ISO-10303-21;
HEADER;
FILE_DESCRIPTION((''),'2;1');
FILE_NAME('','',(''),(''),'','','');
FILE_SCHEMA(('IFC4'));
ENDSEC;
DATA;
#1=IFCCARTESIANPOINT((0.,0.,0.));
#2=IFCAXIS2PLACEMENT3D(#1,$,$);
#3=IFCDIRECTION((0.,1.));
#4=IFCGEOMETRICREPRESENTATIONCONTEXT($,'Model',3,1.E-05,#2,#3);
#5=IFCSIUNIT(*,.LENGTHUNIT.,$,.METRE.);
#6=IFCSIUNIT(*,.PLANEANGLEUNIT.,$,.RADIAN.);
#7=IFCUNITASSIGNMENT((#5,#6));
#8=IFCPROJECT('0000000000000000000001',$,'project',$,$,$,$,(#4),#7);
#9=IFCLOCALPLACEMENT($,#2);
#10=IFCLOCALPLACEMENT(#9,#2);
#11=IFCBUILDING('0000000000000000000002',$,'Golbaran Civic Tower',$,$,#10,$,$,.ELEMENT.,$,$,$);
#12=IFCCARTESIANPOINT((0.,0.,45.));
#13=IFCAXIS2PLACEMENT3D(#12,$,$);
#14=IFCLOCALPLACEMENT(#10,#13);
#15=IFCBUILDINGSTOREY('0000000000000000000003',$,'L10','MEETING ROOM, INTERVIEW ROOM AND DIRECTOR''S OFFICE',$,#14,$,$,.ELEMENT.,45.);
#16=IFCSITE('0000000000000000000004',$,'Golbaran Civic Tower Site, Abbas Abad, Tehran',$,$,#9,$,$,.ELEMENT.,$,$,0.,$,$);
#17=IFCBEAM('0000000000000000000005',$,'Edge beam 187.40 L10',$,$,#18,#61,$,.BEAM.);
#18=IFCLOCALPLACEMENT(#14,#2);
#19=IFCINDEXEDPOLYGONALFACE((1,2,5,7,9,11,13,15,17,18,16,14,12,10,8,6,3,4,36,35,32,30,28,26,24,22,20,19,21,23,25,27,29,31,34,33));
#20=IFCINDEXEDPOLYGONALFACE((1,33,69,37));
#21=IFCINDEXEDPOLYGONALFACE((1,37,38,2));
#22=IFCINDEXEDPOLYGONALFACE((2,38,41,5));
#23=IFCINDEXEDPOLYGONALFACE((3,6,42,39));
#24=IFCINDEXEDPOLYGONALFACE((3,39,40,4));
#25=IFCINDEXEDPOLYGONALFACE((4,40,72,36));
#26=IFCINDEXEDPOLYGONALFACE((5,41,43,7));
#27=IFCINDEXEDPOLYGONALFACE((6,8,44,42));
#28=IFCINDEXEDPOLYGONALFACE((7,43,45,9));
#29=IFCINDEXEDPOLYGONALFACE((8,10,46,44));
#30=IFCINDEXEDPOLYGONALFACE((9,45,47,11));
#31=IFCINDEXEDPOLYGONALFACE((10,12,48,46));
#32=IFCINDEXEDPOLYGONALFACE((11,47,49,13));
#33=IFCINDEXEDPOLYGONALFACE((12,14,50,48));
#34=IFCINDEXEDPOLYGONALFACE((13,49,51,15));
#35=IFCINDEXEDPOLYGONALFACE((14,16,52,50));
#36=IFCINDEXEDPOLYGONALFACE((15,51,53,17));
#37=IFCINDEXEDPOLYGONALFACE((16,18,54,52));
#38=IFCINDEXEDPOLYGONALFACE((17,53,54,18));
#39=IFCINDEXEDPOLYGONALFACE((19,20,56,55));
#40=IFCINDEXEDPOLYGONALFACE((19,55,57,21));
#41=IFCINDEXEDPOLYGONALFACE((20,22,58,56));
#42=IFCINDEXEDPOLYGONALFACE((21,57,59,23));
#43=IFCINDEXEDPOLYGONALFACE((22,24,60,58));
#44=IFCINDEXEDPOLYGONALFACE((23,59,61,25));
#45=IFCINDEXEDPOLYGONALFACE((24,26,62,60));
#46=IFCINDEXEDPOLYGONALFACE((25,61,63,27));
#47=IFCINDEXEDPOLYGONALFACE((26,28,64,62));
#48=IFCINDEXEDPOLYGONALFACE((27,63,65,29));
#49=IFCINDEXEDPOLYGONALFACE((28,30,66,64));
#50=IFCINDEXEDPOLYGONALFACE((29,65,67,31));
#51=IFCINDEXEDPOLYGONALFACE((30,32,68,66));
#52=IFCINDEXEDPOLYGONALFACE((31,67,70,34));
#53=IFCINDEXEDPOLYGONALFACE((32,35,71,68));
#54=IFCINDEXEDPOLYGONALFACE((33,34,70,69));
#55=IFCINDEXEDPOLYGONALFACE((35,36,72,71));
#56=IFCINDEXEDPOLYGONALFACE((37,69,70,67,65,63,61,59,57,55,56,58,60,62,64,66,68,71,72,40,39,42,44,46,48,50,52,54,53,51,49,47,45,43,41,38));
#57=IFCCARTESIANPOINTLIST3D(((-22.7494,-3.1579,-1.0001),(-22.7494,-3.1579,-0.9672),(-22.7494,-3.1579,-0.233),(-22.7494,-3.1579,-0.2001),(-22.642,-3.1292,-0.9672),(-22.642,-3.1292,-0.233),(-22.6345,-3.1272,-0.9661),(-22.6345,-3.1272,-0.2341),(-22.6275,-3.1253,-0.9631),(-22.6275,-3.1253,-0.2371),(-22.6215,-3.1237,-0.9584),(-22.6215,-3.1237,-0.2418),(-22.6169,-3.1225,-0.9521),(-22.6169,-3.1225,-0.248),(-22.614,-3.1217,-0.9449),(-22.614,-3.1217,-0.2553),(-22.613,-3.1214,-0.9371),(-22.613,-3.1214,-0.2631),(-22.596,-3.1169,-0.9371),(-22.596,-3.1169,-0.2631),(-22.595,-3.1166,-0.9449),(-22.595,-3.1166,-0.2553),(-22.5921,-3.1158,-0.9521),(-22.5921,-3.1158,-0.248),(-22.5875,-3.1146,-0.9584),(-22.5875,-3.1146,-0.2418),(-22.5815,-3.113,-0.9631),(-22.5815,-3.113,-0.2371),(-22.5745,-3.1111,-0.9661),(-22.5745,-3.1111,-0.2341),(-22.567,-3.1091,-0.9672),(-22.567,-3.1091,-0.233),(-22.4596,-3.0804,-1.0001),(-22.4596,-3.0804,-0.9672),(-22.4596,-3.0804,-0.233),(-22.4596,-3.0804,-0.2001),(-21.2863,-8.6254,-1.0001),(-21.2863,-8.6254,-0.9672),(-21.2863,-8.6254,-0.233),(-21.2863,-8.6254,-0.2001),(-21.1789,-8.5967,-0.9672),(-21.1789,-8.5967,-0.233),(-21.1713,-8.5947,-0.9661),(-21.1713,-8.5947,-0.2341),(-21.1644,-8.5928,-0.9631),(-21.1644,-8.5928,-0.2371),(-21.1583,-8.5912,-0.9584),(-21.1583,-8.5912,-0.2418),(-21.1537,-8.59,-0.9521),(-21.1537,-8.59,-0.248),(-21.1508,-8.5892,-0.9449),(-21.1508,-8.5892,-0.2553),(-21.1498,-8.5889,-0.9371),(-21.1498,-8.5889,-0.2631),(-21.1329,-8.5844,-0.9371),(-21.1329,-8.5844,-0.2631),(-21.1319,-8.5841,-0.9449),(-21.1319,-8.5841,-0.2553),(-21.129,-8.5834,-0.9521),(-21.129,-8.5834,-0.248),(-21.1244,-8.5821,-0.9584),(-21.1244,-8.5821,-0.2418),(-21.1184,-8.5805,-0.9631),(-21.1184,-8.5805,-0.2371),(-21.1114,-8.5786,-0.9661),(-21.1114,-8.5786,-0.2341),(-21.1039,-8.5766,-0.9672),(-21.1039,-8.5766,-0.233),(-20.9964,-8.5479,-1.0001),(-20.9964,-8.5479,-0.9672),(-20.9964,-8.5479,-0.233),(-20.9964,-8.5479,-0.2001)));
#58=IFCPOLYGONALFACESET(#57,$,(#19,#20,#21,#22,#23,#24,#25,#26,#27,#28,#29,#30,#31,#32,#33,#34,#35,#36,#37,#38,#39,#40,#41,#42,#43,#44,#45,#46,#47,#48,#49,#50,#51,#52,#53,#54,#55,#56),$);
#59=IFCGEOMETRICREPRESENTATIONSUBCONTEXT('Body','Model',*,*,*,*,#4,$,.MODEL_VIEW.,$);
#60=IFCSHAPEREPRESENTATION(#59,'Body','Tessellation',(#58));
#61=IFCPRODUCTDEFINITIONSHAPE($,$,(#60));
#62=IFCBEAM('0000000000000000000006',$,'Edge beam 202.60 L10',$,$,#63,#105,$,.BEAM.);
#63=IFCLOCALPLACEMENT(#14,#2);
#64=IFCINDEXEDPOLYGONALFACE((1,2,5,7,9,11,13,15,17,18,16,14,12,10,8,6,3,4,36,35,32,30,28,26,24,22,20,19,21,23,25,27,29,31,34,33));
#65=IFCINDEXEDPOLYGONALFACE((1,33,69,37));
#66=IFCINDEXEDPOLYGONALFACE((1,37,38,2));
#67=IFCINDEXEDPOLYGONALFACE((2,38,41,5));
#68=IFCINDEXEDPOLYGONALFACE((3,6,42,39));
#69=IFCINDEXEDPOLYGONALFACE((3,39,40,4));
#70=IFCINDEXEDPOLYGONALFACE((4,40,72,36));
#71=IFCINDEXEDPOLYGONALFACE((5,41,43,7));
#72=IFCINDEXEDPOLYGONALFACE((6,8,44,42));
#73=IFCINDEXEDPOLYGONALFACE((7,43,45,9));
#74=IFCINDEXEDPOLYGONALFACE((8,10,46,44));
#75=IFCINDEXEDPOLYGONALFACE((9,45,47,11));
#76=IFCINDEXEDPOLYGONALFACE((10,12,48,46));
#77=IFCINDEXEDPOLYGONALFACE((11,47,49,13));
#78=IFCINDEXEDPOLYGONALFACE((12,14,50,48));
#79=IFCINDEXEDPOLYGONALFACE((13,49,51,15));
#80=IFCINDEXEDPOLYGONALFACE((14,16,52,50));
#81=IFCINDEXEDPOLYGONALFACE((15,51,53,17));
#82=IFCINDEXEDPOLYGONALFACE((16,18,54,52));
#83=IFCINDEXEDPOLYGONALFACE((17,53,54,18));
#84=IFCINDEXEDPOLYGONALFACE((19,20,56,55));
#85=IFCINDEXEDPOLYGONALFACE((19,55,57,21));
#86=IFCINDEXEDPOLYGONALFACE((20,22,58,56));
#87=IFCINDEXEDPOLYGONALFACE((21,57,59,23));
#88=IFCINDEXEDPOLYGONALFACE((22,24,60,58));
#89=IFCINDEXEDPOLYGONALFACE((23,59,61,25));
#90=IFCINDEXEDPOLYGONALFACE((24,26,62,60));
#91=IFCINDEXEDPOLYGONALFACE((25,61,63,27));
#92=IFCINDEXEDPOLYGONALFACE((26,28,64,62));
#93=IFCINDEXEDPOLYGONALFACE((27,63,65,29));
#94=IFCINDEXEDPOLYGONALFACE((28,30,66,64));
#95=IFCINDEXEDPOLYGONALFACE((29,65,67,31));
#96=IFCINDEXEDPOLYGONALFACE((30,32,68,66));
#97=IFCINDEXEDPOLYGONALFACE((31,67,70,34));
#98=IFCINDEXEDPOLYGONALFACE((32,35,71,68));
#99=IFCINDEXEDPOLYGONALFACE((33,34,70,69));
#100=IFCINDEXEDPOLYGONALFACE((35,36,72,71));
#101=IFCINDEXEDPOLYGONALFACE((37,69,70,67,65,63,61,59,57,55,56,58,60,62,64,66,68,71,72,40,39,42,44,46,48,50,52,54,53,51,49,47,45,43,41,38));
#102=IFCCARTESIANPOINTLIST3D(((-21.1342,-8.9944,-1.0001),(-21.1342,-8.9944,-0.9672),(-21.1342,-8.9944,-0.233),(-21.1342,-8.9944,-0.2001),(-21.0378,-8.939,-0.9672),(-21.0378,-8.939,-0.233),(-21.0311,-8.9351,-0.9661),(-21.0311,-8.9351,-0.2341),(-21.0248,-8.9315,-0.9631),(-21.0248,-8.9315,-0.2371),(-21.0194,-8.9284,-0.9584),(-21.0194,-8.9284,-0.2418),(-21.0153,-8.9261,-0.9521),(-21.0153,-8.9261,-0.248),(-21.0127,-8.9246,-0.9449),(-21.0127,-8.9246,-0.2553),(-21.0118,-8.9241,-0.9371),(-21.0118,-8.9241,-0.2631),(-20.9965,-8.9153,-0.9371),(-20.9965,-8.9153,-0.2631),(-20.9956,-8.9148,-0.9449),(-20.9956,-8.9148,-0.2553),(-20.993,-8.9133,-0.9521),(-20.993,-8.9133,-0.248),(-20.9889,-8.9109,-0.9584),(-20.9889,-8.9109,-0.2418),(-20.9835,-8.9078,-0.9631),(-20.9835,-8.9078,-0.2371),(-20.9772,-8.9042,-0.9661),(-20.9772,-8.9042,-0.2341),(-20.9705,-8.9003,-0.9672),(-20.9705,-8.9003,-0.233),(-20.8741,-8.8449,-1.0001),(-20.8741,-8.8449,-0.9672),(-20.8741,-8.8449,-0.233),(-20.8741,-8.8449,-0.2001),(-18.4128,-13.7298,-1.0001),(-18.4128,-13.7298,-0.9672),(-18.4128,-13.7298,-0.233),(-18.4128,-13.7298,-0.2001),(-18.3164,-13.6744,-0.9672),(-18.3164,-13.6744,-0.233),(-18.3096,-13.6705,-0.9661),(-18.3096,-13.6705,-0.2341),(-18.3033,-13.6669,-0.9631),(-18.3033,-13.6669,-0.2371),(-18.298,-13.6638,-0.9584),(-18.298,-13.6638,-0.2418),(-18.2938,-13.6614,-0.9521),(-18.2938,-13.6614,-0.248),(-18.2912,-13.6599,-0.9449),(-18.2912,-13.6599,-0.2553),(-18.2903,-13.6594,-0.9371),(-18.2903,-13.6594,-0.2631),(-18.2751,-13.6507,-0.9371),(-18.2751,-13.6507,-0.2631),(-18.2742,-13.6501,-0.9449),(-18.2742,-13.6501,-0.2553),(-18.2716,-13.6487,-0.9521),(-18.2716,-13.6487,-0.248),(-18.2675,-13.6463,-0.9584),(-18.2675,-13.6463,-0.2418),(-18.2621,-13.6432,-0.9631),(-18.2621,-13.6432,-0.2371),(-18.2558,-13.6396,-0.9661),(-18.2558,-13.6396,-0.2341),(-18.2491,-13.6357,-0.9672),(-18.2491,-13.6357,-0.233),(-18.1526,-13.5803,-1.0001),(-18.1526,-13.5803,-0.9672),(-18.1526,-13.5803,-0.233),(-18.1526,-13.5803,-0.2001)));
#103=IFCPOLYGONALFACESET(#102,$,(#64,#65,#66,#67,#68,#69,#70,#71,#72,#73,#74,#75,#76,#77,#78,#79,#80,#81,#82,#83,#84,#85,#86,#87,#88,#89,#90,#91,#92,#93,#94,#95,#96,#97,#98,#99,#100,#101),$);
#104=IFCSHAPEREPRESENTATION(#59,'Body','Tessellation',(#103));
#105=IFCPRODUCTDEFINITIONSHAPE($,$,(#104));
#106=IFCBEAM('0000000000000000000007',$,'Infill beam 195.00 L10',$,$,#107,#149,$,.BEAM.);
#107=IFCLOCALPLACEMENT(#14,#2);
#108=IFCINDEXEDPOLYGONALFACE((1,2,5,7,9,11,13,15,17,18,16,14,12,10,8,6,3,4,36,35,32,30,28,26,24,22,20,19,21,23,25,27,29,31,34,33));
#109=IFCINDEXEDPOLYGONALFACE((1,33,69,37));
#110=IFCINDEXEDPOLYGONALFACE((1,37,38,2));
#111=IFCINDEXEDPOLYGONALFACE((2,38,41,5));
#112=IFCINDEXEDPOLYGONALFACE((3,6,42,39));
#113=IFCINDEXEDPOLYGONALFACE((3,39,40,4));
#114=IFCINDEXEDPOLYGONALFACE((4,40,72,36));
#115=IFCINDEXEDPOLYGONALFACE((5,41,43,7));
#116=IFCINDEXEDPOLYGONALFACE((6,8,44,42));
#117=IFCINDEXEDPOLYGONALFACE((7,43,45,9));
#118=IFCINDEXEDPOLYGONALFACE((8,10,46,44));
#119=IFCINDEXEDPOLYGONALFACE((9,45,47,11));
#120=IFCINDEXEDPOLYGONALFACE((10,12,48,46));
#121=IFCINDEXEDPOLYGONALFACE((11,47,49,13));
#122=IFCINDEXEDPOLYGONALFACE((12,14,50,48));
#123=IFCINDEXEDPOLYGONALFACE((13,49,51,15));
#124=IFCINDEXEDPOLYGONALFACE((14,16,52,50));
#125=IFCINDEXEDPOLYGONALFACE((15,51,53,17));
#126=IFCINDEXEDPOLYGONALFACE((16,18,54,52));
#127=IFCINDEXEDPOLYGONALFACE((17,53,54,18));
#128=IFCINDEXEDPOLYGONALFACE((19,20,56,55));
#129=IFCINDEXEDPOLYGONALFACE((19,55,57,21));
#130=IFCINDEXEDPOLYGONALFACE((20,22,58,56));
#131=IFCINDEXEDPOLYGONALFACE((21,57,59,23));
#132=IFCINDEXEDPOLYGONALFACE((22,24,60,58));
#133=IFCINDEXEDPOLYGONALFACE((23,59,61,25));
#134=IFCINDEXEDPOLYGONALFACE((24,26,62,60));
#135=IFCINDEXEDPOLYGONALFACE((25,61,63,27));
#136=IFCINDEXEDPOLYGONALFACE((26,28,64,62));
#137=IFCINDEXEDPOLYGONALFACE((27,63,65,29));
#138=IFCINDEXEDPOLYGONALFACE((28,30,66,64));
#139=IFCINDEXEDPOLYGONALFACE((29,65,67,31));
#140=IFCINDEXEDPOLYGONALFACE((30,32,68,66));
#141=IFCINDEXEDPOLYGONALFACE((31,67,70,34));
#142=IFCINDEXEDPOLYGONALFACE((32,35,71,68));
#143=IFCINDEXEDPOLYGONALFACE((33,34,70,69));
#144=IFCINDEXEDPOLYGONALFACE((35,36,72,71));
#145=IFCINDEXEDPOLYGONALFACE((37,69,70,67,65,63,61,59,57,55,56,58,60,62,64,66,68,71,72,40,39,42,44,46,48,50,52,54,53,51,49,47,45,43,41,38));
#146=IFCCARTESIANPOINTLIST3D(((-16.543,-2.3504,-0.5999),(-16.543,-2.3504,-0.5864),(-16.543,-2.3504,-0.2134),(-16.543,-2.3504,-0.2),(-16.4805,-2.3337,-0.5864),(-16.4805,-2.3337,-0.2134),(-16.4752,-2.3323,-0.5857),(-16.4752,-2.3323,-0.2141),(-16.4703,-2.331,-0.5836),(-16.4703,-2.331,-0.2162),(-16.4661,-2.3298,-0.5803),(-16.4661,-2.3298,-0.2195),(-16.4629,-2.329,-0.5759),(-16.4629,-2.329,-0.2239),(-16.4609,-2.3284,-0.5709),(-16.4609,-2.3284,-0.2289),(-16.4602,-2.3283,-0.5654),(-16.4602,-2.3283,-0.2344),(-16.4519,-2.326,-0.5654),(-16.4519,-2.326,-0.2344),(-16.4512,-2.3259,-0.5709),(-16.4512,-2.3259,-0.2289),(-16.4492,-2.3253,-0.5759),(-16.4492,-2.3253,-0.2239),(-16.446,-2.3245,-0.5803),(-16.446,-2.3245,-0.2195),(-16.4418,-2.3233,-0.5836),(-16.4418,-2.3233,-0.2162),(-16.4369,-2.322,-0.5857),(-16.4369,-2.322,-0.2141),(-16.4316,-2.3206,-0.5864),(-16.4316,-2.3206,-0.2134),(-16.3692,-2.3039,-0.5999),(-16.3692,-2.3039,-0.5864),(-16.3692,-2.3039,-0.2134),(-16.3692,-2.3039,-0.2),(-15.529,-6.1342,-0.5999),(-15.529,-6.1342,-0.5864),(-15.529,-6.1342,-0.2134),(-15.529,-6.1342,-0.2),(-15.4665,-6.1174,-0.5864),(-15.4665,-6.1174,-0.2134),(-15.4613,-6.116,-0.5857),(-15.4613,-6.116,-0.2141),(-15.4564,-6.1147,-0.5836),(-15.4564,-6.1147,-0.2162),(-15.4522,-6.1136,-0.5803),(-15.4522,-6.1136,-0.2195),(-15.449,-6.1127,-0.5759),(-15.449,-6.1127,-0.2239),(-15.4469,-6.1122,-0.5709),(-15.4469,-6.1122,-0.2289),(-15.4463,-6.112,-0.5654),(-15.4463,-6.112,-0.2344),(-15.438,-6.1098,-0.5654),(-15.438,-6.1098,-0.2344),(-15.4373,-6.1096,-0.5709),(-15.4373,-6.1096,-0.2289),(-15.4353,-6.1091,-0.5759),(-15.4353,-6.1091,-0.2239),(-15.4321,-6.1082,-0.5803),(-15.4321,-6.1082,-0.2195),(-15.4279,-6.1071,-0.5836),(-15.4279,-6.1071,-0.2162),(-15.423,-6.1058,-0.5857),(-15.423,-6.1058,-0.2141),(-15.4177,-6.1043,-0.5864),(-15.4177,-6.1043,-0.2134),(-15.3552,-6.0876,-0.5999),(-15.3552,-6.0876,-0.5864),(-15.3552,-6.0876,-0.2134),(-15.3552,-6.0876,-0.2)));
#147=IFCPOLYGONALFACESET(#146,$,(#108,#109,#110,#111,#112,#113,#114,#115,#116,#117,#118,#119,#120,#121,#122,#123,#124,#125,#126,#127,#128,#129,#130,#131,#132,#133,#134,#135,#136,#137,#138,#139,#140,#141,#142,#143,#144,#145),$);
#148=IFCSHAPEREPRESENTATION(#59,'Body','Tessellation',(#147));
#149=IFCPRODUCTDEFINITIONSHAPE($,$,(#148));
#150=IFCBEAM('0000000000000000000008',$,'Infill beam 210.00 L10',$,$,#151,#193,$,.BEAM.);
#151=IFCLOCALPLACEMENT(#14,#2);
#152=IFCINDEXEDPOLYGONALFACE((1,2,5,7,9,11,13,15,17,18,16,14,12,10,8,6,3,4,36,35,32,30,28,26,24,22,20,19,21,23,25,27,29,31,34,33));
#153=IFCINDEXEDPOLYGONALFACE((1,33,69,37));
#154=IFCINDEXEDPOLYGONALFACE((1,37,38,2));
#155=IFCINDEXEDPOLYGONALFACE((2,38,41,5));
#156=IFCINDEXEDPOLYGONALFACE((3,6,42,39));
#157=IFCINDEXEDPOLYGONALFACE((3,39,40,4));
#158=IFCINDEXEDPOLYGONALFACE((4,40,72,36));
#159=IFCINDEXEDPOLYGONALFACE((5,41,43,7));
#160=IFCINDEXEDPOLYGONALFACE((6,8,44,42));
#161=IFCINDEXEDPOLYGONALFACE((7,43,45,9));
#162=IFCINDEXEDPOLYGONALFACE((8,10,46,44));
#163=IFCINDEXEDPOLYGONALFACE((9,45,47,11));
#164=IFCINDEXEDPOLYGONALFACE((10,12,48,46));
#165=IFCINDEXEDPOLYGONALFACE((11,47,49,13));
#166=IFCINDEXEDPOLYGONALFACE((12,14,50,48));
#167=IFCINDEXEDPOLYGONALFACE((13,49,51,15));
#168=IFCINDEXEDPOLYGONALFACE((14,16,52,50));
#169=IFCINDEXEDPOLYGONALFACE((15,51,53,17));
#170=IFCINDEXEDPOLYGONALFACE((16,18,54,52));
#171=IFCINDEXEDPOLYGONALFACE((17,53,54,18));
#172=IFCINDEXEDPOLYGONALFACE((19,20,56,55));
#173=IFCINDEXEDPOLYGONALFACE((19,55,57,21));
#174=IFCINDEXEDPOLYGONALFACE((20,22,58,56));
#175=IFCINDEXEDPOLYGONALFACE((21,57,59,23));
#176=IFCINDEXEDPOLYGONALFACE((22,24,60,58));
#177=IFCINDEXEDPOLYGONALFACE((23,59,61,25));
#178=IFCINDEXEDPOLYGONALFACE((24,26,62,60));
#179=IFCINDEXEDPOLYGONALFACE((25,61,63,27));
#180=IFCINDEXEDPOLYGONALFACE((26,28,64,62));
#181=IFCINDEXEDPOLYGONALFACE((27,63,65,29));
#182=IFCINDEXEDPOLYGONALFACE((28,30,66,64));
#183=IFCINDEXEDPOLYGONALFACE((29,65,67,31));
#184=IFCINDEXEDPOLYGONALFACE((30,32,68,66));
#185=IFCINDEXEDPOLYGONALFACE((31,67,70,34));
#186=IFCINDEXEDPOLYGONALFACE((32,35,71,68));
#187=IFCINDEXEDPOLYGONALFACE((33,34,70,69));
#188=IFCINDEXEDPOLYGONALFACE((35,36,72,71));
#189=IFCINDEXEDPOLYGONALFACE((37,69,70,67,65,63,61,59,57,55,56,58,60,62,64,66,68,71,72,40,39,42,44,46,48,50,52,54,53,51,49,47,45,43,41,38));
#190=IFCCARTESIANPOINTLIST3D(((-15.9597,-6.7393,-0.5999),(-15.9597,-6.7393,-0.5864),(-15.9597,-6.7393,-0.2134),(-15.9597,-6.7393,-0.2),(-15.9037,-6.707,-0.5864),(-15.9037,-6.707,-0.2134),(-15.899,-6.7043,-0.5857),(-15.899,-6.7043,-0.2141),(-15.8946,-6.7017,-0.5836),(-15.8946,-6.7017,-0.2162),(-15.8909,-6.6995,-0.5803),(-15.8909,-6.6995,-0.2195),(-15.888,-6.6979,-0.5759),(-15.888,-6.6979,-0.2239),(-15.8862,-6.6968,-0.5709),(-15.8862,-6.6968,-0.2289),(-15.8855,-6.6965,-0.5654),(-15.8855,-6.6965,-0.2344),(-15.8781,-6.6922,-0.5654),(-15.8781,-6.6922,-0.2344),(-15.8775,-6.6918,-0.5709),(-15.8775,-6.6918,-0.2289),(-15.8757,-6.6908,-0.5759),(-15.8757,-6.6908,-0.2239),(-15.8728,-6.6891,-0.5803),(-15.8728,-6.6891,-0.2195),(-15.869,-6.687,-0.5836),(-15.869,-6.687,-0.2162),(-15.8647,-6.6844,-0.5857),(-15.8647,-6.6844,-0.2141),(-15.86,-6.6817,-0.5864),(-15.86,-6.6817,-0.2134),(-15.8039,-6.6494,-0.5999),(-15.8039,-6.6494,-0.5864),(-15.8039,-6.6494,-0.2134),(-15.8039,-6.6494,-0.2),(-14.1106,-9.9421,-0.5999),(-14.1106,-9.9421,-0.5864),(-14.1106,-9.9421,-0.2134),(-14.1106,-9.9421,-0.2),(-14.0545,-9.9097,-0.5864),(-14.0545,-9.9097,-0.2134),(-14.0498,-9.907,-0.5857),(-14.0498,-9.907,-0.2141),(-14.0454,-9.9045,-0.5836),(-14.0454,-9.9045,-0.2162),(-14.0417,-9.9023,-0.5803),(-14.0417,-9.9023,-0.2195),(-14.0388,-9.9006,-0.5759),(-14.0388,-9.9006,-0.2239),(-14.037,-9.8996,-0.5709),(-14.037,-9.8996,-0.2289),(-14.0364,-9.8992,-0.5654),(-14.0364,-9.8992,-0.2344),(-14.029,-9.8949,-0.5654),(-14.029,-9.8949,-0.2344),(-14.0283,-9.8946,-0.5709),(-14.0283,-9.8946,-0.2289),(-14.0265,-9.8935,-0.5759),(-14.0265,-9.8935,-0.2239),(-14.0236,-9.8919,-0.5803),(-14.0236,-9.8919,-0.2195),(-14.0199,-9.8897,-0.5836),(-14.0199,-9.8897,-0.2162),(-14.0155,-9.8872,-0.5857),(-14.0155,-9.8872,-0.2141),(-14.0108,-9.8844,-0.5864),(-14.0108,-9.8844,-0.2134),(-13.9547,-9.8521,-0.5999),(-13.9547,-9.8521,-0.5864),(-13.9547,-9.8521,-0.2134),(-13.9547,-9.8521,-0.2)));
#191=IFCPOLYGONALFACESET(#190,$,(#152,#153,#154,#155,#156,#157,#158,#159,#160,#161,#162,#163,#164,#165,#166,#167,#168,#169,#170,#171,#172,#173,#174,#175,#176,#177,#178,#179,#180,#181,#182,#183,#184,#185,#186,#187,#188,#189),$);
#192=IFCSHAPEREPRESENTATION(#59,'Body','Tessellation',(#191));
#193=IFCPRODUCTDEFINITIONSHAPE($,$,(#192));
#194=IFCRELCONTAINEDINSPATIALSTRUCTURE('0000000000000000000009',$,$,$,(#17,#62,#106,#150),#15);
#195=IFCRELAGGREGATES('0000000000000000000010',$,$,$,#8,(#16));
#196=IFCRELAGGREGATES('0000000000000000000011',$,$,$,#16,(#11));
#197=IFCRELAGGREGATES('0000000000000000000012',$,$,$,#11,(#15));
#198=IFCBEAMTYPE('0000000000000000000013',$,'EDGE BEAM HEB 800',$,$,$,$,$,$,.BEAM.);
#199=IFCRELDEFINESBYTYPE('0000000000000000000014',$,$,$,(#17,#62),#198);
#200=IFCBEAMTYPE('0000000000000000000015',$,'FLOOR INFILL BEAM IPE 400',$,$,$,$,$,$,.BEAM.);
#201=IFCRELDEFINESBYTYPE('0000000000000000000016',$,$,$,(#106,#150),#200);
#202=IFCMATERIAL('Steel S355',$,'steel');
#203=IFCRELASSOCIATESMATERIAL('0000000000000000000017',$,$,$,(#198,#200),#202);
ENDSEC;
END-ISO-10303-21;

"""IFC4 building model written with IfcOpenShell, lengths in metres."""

from ifc_helpers import new_model, si_unit, direction, frame, origin, origin_2d, place, context, subcontext, project, spatial, i_section, extrude, material, material_profile, profile_set, type_object, element, save


model = new_model("IFC4")

# Units and contexts
model_context = context("Model", 3, precision=1e-05, world=origin(), true_north=direction((0.0, 1.0)))
body_context = subcontext(model_context, "Body", "Model", "MODEL_VIEW")
ifc_project = project(units=[si_unit("LENGTHUNIT", "METRE"), si_unit("PLANEANGLEUNIT", "RADIAN")], contexts=[model_context])

# Site, building, storey
site_placement = place(None, origin())
site = spatial("IfcSite", under=ifc_project, at=site_placement, Name="Golbaran Civic Tower Site, Abbas Abad, Tehran", CompositionType="ELEMENT", RefElevation=0.0)
building_placement = place(site_placement, origin())
building = spatial("IfcBuilding", under=site, at=building_placement, Name="Golbaran Civic Tower", CompositionType="ELEMENT")
storey_placement = place(building_placement, frame((0.0, 0.0, 45.0)))
storey = spatial("IfcBuildingStorey", under=building, at=storey_placement, Name="L10", Description="MEETING ROOM, INTERVIEW ROOM AND DIRECTOR'S OFFICE", CompositionType="ELEMENT", Elevation=45.0)

# Beams
ifc_material_1 = material(Name="Steel S355", Category="steel")
ifc_material_profile_1 = material_profile(ifc_material_1, i_section(OverallWidth=0.3, OverallDepth=0.8, WebThickness=0.0176, FlangeThickness=0.033, FilletRadius=0.03, at=origin_2d()), Name="HEB 800")
ifc_profile_set_1 = profile_set([ifc_material_profile_1], Name="Steel S355")
beam_type_1 = type_object("IfcBeamType", Name="EDGE BEAM HEB 800", PredefinedType="BEAM", material=ifc_profile_set_1)
beam_1_placement = place(storey_placement, frame((-22.6045, -3.1191, -0.6001), z_axis=(0.258508, -0.966009, 0.0), x_axis=(0.966009, 0.258508, 0.0)))
element("IfcBeam", 1, at=beam_1_placement, inside=storey, type_object=beam_type_1, Name="Edge beam 187.40 L10", PredefinedType="BEAM", context=body_context, shape_type="SweptSolid", body=[
    extrude(i_section(OverallWidth=0.3, OverallDepth=0.8, WebThickness=0.0176, FlangeThickness=0.033, FilletRadius=0.03, at=origin_2d()), origin(), (0.0, 0.0, 1.0), 5.6599),
])
beam_2_placement = place(storey_placement, frame((-21.0042, -8.9197, -0.6001), z_axis=(0.49828, -0.867016, 0.0), x_axis=(0.867016, 0.49828, 0.0)))
element("IfcBeam", 2, at=beam_2_placement, inside=storey, type_object=beam_type_1, Name="Edge beam 202.60 L10", PredefinedType="BEAM", context=body_context, shape_type="SweptSolid", body=[
    extrude(i_section(OverallWidth=0.3, OverallDepth=0.8, WebThickness=0.0176, FlangeThickness=0.033, FilletRadius=0.03, at=origin_2d()), origin(), (0.0, 0.0, 1.0), 5.4617),
])
ifc_material_profile_2 = material_profile(ifc_material_1, i_section(OverallWidth=0.1799, OverallDepth=0.3999, WebThickness=0.0085, FlangeThickness=0.0134, FilletRadius=0.021, at=origin_2d()), Name="IPE 400")
ifc_profile_set_2 = profile_set([ifc_material_profile_2], Name="Steel S355")
beam_type_2 = type_object("IfcBeamType", Name="FLOOR INFILL BEAM IPE 400", PredefinedType="BEAM", material=ifc_profile_set_2)
beam_3_placement = place(storey_placement, frame((-16.4561, -2.3271, -0.3999), z_axis=(0.258838, -0.965921, 0.0), x_axis=(0.965921, 0.258838, 0.0)))
element("IfcBeam", 3, at=beam_3_placement, inside=storey, type_object=beam_type_2, Name="Infill beam 195.00 L10", PredefinedType="BEAM", context=body_context, shape_type="SweptSolid", body=[
    extrude(i_section(OverallWidth=0.1799, OverallDepth=0.3999, WebThickness=0.0085, FlangeThickness=0.0134, FilletRadius=0.021, at=origin_2d()), origin(), (0.0, 0.0, 1.0), 3.9172),
])
beam_4_placement = place(storey_placement, frame((-15.8818, -6.6943, -0.3999), z_axis=(0.500016, -0.866016, 0.0), x_axis=(0.866016, 0.500016, 0.0)))
element("IfcBeam", 4, at=beam_4_placement, inside=storey, type_object=beam_type_2, Name="Infill beam 210.00 L10", PredefinedType="BEAM", context=body_context, shape_type="SweptSolid", body=[
    extrude(i_section(OverallWidth=0.1799, OverallDepth=0.3999, WebThickness=0.0085, FlangeThickness=0.0134, FilletRadius=0.021, at=origin_2d()), origin(), (0.0, 0.0, 1.0), 3.6982),
])

save(model, "model.ifc")
